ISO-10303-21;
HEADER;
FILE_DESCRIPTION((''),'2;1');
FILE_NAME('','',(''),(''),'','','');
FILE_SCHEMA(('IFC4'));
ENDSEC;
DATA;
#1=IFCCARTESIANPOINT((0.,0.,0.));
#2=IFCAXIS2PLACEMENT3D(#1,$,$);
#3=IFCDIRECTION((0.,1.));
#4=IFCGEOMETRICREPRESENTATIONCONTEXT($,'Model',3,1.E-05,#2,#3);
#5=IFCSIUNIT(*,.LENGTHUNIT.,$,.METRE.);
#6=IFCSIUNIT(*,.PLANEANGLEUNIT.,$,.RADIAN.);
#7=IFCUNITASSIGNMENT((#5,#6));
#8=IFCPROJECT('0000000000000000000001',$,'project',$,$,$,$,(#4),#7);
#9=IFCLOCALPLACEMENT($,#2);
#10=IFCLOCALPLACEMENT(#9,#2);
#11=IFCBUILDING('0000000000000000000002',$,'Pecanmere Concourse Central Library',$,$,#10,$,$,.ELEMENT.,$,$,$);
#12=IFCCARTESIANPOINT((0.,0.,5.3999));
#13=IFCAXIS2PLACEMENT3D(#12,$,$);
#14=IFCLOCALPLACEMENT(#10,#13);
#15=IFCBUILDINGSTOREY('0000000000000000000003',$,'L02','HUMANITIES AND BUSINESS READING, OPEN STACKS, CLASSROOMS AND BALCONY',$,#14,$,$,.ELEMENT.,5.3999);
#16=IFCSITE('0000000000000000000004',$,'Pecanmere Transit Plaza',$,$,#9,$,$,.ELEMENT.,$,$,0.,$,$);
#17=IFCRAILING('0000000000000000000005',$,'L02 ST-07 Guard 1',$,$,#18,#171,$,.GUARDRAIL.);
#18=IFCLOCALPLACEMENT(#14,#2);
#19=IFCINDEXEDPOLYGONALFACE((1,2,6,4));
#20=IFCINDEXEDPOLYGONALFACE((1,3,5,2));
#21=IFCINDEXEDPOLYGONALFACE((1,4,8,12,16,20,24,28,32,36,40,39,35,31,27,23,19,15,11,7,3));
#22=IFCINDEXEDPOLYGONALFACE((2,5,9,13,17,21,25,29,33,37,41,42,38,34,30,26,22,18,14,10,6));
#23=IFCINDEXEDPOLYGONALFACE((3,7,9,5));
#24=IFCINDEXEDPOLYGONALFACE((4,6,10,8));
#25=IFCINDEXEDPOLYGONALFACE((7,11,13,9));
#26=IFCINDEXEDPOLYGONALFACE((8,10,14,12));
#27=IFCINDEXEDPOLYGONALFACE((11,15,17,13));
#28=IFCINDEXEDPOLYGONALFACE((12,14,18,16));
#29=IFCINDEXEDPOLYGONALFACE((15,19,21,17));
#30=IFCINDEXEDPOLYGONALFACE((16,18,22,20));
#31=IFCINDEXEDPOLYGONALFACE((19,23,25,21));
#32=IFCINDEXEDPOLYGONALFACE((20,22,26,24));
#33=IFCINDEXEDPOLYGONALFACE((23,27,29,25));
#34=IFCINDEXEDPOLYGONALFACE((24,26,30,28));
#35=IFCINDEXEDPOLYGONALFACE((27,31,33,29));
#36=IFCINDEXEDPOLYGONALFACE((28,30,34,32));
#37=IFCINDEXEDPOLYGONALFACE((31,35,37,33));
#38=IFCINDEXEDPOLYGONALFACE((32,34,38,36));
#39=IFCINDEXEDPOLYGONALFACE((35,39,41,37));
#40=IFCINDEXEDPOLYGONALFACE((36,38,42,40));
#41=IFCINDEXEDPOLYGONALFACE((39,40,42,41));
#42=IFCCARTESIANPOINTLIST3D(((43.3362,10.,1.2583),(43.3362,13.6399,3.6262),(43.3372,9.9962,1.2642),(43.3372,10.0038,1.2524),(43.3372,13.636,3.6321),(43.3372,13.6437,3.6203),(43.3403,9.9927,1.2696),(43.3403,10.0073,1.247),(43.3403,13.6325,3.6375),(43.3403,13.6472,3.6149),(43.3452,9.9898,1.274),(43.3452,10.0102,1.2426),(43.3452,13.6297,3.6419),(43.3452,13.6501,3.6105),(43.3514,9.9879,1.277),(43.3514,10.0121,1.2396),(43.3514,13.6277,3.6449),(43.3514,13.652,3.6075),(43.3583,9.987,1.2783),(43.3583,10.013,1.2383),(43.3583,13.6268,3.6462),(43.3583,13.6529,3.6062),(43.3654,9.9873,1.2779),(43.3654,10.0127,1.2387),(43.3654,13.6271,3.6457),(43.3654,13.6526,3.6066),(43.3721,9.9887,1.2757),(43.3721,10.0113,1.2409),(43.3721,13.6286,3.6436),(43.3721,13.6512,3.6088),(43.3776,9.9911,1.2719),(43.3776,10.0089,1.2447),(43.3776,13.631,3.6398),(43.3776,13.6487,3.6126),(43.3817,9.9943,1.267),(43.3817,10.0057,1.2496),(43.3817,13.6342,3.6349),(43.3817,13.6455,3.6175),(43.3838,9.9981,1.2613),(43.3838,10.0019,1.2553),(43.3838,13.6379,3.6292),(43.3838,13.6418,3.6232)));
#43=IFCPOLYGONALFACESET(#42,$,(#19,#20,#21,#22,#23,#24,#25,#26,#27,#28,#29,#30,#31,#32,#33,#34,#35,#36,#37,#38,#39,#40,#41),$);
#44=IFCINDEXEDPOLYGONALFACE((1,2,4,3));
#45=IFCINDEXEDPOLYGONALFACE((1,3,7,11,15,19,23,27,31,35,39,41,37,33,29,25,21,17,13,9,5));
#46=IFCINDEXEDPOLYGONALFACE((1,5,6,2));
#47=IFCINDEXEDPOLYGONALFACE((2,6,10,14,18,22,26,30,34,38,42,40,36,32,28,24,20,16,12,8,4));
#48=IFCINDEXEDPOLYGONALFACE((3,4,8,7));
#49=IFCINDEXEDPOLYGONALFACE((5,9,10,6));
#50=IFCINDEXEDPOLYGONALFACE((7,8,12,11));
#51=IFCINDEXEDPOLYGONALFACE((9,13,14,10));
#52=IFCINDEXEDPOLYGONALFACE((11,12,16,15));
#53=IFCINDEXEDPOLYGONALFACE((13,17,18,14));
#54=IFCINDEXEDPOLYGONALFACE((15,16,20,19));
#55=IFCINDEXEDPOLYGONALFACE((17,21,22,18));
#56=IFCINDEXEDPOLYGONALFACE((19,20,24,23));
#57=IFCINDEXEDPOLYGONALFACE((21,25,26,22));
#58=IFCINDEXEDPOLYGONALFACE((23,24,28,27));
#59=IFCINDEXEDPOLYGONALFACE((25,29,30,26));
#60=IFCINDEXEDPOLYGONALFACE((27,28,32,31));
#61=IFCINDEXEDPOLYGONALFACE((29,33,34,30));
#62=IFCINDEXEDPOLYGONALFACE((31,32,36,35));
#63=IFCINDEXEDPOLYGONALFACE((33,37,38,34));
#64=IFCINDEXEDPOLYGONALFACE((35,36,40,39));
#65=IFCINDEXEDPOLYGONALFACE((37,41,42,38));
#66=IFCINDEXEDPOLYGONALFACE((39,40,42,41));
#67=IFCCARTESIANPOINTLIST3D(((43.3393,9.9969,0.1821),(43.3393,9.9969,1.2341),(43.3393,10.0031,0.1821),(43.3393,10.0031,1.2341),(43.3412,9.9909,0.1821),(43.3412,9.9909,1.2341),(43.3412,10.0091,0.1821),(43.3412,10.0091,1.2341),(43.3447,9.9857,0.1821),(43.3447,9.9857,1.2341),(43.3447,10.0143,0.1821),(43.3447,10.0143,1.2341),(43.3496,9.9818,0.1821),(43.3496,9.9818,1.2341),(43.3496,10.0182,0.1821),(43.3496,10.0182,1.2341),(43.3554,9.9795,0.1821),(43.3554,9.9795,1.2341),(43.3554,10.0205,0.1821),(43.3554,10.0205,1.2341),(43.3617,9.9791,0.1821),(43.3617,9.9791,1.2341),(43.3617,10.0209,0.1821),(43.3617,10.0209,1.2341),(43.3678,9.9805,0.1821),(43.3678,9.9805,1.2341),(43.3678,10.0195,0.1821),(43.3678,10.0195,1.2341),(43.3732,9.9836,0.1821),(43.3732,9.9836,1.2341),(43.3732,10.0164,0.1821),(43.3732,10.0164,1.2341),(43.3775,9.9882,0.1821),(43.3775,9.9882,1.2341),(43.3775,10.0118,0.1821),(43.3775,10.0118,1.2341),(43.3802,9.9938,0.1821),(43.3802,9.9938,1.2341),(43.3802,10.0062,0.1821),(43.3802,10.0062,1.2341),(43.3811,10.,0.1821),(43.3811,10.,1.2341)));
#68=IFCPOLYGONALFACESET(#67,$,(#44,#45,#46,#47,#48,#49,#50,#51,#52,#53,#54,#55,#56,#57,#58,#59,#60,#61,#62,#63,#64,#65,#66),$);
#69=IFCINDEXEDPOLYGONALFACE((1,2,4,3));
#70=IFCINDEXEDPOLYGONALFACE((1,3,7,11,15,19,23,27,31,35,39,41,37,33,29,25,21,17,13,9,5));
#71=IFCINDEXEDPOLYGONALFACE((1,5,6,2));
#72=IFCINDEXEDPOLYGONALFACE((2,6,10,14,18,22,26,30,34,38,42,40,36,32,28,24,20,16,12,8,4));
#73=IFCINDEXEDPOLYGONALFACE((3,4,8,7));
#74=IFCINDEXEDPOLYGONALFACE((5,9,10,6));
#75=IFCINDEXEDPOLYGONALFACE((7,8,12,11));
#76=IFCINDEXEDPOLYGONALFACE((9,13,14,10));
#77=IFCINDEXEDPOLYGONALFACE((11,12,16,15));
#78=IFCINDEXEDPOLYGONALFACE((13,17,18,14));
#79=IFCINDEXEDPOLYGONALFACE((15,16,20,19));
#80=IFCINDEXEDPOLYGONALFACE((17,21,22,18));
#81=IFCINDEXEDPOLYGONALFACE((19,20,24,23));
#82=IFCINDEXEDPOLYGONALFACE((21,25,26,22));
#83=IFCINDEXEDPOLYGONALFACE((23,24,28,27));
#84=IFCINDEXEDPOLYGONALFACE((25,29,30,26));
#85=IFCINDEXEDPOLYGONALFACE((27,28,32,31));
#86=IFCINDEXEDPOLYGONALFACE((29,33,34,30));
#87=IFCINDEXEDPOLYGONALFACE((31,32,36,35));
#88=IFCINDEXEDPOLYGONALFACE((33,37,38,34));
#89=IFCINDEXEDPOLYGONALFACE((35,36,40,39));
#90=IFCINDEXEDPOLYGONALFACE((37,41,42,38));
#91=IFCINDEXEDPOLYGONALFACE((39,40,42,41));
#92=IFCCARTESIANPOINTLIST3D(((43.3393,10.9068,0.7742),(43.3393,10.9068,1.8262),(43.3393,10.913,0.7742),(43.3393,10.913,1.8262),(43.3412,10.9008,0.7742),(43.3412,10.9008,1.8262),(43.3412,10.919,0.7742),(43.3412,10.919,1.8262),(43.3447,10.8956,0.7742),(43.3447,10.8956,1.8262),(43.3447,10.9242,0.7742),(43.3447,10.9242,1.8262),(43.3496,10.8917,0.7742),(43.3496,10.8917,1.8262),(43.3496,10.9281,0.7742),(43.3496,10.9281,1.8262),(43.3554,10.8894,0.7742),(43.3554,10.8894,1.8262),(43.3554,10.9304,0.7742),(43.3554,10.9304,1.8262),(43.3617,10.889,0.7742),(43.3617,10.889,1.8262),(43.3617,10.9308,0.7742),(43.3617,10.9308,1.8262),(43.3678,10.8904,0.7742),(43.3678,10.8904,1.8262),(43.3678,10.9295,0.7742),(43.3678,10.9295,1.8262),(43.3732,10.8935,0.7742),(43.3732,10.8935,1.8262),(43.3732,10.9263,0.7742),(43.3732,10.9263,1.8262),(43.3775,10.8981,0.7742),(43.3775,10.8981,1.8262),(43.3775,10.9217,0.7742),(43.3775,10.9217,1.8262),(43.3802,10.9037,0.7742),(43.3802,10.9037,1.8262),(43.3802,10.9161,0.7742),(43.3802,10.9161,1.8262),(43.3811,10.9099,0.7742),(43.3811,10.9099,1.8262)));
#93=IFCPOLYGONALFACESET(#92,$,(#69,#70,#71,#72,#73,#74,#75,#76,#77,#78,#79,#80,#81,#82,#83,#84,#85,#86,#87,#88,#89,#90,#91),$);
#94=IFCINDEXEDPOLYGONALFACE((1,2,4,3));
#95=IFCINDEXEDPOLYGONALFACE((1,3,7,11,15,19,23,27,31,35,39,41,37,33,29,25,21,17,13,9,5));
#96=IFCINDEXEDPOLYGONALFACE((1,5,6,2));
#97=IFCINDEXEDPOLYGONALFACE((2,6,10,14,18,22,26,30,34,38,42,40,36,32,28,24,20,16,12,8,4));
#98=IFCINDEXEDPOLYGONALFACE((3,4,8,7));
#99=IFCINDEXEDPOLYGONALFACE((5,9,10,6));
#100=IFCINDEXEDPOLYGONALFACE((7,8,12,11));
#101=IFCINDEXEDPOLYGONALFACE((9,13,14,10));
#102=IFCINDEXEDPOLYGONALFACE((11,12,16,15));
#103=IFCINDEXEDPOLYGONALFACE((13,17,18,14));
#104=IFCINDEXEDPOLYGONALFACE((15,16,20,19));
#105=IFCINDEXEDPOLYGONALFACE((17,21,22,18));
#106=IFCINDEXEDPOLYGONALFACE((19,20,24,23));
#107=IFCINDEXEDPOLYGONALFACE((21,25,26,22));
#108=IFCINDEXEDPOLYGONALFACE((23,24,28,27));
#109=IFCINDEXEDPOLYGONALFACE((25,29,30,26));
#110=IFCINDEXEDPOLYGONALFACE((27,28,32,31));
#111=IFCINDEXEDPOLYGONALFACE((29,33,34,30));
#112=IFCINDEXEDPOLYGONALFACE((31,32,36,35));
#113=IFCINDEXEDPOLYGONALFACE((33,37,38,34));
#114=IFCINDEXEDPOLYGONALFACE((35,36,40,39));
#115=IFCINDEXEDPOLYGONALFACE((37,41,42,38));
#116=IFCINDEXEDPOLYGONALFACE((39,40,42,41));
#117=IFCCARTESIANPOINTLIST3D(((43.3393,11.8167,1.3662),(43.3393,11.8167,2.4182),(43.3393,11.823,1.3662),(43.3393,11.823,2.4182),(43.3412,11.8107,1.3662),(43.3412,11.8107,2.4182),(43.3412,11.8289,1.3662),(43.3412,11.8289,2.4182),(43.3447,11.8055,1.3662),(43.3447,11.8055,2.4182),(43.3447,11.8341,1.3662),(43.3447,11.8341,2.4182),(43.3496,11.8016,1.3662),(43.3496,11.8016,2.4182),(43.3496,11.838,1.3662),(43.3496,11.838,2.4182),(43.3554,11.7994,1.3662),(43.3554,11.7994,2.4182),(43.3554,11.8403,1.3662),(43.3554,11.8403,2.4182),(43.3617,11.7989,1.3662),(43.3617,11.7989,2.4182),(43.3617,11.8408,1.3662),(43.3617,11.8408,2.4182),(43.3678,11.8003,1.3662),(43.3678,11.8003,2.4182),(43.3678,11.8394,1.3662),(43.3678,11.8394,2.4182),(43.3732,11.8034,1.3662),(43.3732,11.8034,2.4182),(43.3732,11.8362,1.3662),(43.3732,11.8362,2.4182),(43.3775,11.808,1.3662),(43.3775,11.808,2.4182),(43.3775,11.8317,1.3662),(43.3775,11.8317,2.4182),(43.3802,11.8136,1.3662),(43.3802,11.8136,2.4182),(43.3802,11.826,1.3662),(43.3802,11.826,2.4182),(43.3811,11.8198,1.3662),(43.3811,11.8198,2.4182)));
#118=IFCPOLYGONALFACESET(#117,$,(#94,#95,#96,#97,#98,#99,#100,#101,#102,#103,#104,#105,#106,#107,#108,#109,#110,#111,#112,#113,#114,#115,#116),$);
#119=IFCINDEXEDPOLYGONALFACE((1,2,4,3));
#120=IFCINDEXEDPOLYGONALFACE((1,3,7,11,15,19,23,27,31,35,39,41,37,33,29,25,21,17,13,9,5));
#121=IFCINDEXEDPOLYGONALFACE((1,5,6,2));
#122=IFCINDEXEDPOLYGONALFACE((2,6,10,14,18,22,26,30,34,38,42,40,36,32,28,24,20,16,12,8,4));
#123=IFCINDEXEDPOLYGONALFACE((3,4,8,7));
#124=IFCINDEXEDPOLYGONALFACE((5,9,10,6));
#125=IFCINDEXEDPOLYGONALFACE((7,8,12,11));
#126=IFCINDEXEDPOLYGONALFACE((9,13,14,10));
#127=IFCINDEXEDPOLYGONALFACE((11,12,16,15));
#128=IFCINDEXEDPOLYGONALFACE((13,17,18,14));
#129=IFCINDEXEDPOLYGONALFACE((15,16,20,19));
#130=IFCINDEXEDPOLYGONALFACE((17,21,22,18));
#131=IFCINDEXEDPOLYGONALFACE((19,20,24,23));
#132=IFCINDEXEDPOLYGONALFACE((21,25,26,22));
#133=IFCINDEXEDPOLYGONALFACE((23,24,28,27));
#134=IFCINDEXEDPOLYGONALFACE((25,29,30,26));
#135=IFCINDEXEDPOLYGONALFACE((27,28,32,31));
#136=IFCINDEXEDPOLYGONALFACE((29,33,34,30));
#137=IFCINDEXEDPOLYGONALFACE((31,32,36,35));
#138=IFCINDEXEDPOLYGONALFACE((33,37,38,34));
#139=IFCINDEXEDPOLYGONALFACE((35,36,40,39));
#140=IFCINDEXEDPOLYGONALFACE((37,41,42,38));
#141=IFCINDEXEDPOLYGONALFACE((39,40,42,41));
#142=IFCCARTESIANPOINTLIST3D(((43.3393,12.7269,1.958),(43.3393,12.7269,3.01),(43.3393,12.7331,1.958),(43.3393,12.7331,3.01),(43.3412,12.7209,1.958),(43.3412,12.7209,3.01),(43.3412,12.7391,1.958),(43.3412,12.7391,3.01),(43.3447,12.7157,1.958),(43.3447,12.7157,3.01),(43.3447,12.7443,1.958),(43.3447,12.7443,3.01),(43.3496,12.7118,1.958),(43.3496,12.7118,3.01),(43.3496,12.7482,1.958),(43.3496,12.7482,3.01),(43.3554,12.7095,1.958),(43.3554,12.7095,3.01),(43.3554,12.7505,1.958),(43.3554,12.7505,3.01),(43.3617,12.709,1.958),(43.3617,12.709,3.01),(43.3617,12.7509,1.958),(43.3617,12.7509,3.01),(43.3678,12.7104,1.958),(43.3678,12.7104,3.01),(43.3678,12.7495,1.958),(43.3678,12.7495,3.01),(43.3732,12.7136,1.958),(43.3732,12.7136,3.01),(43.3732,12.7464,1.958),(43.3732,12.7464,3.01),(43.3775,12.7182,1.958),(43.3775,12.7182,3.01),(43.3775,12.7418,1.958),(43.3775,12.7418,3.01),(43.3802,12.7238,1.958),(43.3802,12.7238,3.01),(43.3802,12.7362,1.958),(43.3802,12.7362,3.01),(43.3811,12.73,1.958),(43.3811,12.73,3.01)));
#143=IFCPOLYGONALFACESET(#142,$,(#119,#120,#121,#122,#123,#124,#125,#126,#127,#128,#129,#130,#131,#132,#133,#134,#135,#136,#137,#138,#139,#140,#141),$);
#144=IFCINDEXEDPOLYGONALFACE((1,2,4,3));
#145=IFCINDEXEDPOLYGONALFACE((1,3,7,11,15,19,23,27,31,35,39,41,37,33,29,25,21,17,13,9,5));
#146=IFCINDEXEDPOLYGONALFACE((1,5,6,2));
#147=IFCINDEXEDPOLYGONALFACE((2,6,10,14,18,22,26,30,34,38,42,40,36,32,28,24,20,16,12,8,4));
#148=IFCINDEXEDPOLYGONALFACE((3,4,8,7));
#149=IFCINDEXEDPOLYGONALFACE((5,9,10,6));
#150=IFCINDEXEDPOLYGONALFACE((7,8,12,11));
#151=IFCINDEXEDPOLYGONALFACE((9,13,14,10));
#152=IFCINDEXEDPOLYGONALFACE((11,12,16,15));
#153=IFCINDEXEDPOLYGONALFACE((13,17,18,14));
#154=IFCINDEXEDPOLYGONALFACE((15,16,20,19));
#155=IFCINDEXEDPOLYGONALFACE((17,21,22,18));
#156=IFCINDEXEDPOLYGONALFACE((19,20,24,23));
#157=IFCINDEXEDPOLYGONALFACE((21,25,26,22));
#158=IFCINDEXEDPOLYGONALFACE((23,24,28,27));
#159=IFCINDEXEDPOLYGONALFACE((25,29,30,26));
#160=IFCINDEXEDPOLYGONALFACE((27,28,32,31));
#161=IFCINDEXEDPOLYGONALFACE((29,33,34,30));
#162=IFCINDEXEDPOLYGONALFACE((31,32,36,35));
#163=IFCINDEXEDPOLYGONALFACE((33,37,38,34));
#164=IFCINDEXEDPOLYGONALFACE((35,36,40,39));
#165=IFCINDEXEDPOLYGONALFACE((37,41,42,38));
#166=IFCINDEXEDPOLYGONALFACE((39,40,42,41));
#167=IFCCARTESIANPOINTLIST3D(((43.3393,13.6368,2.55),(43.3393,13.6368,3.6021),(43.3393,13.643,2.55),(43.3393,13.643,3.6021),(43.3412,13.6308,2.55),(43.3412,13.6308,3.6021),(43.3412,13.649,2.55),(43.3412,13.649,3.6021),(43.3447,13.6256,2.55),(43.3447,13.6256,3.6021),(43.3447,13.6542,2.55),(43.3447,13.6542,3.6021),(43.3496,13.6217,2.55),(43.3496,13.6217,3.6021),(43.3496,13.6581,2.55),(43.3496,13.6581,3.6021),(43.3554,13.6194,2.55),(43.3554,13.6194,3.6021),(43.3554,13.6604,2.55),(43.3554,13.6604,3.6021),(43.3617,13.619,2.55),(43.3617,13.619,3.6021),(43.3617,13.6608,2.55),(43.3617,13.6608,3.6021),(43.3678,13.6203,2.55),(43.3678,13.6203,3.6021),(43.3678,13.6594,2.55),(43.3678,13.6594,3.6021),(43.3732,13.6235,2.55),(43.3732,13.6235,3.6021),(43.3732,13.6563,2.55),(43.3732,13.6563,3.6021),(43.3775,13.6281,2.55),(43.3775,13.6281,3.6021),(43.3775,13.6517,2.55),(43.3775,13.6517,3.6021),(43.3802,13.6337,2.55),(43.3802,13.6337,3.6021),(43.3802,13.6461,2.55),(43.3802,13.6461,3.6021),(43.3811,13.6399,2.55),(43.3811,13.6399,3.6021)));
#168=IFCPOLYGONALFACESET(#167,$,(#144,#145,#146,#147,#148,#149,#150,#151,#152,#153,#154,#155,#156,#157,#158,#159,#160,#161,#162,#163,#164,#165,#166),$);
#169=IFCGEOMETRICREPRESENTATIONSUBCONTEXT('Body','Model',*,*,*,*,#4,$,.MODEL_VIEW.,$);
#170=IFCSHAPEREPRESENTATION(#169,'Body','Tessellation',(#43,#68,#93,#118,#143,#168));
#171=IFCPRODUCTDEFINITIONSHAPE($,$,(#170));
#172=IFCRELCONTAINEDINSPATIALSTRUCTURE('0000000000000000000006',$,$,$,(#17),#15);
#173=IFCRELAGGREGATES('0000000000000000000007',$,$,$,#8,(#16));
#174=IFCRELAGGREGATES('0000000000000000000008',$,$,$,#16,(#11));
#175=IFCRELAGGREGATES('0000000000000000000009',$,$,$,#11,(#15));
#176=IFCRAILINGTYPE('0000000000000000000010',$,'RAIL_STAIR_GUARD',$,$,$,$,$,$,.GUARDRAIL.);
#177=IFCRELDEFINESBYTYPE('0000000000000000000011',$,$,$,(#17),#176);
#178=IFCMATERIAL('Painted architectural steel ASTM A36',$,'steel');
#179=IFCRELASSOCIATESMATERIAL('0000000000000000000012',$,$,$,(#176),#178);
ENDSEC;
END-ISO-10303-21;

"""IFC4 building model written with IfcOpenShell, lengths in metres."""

from ifc_helpers import new_model, si_unit, direction, frame, origin, origin_2d, place, context, subcontext, project, spatial, circle, extrude, material, type_object, element, save


model = new_model("IFC4")

# Units and contexts
model_context = context("Model", 3, precision=1e-05, world=origin(), true_north=direction((0.0, 1.0)))
body_context = subcontext(model_context, "Body", "Model", "MODEL_VIEW")
ifc_project = project(units=[si_unit("LENGTHUNIT", "METRE"), si_unit("PLANEANGLEUNIT", "RADIAN")], contexts=[model_context])

# Site, building, storey
site_placement = place(None, origin())
site = spatial("IfcSite", under=ifc_project, at=site_placement, Name="Pecanmere Transit Plaza", CompositionType="ELEMENT", RefElevation=0.0)
building_placement = place(site_placement, origin())
building = spatial("IfcBuilding", under=site, at=building_placement, Name="Pecanmere Concourse Central Library", CompositionType="ELEMENT")
storey_placement = place(building_placement, frame((0.0, 0.0, 5.3999)))
storey = spatial("IfcBuildingStorey", under=building, at=storey_placement, Name="L02", Description="HUMANITIES AND BUSINESS READING, OPEN STACKS, CLASSROOMS AND BALCONY", CompositionType="ELEMENT", Elevation=5.3999)

# Railing
ifc_material_1 = material(Name="Painted architectural steel ASTM A36", Category="steel")
railing_type_1 = type_object("IfcRailingType", Name="RAIL_STAIR_GUARD", PredefinedType="GUARDRAIL", material=ifc_material_1)
railing_1_placement = place(storey_placement, frame((43.3601, 10.0, 0.1821)))
element("IfcRailing", 1, at=railing_1_placement, inside=storey, type_object=railing_type_1, Name="L02 ST-07 Guard 1", PredefinedType="GUARDRAIL", context=body_context, shape_type="SweptSolid", body=[
    extrude(circle(Radius=0.0239, at=origin_2d()), frame((0.0, 0.0, 1.0762), z_axis=(0.0, 0.838234, 0.54531), x_axis=(-1.0, 0.0, 0.0)), (0.0, 0.0, 1.0), 4.3423),
    extrude(circle(Radius=0.021, at=origin_2d()), origin(), (0.0, 0.0, 1.0), 1.052),
    extrude(circle(Radius=0.021, at=origin_2d()), frame((0.0, 0.9099, 0.592)), (0.0, 0.0, 1.0), 1.052),
    extrude(circle(Radius=0.021, at=origin_2d()), frame((0.0, 1.8198, 1.1841)), (0.0, 0.0, 1.0), 1.052),
    extrude(circle(Radius=0.021, at=origin_2d()), frame((0.0, 2.73, 1.7759)), (0.0, 0.0, 1.0), 1.052),
    extrude(circle(Radius=0.021, at=origin_2d()), frame((0.0, 3.6399, 2.3679)), (0.0, 0.0, 1.0), 1.052),
])

save(model, "model.ifc")
